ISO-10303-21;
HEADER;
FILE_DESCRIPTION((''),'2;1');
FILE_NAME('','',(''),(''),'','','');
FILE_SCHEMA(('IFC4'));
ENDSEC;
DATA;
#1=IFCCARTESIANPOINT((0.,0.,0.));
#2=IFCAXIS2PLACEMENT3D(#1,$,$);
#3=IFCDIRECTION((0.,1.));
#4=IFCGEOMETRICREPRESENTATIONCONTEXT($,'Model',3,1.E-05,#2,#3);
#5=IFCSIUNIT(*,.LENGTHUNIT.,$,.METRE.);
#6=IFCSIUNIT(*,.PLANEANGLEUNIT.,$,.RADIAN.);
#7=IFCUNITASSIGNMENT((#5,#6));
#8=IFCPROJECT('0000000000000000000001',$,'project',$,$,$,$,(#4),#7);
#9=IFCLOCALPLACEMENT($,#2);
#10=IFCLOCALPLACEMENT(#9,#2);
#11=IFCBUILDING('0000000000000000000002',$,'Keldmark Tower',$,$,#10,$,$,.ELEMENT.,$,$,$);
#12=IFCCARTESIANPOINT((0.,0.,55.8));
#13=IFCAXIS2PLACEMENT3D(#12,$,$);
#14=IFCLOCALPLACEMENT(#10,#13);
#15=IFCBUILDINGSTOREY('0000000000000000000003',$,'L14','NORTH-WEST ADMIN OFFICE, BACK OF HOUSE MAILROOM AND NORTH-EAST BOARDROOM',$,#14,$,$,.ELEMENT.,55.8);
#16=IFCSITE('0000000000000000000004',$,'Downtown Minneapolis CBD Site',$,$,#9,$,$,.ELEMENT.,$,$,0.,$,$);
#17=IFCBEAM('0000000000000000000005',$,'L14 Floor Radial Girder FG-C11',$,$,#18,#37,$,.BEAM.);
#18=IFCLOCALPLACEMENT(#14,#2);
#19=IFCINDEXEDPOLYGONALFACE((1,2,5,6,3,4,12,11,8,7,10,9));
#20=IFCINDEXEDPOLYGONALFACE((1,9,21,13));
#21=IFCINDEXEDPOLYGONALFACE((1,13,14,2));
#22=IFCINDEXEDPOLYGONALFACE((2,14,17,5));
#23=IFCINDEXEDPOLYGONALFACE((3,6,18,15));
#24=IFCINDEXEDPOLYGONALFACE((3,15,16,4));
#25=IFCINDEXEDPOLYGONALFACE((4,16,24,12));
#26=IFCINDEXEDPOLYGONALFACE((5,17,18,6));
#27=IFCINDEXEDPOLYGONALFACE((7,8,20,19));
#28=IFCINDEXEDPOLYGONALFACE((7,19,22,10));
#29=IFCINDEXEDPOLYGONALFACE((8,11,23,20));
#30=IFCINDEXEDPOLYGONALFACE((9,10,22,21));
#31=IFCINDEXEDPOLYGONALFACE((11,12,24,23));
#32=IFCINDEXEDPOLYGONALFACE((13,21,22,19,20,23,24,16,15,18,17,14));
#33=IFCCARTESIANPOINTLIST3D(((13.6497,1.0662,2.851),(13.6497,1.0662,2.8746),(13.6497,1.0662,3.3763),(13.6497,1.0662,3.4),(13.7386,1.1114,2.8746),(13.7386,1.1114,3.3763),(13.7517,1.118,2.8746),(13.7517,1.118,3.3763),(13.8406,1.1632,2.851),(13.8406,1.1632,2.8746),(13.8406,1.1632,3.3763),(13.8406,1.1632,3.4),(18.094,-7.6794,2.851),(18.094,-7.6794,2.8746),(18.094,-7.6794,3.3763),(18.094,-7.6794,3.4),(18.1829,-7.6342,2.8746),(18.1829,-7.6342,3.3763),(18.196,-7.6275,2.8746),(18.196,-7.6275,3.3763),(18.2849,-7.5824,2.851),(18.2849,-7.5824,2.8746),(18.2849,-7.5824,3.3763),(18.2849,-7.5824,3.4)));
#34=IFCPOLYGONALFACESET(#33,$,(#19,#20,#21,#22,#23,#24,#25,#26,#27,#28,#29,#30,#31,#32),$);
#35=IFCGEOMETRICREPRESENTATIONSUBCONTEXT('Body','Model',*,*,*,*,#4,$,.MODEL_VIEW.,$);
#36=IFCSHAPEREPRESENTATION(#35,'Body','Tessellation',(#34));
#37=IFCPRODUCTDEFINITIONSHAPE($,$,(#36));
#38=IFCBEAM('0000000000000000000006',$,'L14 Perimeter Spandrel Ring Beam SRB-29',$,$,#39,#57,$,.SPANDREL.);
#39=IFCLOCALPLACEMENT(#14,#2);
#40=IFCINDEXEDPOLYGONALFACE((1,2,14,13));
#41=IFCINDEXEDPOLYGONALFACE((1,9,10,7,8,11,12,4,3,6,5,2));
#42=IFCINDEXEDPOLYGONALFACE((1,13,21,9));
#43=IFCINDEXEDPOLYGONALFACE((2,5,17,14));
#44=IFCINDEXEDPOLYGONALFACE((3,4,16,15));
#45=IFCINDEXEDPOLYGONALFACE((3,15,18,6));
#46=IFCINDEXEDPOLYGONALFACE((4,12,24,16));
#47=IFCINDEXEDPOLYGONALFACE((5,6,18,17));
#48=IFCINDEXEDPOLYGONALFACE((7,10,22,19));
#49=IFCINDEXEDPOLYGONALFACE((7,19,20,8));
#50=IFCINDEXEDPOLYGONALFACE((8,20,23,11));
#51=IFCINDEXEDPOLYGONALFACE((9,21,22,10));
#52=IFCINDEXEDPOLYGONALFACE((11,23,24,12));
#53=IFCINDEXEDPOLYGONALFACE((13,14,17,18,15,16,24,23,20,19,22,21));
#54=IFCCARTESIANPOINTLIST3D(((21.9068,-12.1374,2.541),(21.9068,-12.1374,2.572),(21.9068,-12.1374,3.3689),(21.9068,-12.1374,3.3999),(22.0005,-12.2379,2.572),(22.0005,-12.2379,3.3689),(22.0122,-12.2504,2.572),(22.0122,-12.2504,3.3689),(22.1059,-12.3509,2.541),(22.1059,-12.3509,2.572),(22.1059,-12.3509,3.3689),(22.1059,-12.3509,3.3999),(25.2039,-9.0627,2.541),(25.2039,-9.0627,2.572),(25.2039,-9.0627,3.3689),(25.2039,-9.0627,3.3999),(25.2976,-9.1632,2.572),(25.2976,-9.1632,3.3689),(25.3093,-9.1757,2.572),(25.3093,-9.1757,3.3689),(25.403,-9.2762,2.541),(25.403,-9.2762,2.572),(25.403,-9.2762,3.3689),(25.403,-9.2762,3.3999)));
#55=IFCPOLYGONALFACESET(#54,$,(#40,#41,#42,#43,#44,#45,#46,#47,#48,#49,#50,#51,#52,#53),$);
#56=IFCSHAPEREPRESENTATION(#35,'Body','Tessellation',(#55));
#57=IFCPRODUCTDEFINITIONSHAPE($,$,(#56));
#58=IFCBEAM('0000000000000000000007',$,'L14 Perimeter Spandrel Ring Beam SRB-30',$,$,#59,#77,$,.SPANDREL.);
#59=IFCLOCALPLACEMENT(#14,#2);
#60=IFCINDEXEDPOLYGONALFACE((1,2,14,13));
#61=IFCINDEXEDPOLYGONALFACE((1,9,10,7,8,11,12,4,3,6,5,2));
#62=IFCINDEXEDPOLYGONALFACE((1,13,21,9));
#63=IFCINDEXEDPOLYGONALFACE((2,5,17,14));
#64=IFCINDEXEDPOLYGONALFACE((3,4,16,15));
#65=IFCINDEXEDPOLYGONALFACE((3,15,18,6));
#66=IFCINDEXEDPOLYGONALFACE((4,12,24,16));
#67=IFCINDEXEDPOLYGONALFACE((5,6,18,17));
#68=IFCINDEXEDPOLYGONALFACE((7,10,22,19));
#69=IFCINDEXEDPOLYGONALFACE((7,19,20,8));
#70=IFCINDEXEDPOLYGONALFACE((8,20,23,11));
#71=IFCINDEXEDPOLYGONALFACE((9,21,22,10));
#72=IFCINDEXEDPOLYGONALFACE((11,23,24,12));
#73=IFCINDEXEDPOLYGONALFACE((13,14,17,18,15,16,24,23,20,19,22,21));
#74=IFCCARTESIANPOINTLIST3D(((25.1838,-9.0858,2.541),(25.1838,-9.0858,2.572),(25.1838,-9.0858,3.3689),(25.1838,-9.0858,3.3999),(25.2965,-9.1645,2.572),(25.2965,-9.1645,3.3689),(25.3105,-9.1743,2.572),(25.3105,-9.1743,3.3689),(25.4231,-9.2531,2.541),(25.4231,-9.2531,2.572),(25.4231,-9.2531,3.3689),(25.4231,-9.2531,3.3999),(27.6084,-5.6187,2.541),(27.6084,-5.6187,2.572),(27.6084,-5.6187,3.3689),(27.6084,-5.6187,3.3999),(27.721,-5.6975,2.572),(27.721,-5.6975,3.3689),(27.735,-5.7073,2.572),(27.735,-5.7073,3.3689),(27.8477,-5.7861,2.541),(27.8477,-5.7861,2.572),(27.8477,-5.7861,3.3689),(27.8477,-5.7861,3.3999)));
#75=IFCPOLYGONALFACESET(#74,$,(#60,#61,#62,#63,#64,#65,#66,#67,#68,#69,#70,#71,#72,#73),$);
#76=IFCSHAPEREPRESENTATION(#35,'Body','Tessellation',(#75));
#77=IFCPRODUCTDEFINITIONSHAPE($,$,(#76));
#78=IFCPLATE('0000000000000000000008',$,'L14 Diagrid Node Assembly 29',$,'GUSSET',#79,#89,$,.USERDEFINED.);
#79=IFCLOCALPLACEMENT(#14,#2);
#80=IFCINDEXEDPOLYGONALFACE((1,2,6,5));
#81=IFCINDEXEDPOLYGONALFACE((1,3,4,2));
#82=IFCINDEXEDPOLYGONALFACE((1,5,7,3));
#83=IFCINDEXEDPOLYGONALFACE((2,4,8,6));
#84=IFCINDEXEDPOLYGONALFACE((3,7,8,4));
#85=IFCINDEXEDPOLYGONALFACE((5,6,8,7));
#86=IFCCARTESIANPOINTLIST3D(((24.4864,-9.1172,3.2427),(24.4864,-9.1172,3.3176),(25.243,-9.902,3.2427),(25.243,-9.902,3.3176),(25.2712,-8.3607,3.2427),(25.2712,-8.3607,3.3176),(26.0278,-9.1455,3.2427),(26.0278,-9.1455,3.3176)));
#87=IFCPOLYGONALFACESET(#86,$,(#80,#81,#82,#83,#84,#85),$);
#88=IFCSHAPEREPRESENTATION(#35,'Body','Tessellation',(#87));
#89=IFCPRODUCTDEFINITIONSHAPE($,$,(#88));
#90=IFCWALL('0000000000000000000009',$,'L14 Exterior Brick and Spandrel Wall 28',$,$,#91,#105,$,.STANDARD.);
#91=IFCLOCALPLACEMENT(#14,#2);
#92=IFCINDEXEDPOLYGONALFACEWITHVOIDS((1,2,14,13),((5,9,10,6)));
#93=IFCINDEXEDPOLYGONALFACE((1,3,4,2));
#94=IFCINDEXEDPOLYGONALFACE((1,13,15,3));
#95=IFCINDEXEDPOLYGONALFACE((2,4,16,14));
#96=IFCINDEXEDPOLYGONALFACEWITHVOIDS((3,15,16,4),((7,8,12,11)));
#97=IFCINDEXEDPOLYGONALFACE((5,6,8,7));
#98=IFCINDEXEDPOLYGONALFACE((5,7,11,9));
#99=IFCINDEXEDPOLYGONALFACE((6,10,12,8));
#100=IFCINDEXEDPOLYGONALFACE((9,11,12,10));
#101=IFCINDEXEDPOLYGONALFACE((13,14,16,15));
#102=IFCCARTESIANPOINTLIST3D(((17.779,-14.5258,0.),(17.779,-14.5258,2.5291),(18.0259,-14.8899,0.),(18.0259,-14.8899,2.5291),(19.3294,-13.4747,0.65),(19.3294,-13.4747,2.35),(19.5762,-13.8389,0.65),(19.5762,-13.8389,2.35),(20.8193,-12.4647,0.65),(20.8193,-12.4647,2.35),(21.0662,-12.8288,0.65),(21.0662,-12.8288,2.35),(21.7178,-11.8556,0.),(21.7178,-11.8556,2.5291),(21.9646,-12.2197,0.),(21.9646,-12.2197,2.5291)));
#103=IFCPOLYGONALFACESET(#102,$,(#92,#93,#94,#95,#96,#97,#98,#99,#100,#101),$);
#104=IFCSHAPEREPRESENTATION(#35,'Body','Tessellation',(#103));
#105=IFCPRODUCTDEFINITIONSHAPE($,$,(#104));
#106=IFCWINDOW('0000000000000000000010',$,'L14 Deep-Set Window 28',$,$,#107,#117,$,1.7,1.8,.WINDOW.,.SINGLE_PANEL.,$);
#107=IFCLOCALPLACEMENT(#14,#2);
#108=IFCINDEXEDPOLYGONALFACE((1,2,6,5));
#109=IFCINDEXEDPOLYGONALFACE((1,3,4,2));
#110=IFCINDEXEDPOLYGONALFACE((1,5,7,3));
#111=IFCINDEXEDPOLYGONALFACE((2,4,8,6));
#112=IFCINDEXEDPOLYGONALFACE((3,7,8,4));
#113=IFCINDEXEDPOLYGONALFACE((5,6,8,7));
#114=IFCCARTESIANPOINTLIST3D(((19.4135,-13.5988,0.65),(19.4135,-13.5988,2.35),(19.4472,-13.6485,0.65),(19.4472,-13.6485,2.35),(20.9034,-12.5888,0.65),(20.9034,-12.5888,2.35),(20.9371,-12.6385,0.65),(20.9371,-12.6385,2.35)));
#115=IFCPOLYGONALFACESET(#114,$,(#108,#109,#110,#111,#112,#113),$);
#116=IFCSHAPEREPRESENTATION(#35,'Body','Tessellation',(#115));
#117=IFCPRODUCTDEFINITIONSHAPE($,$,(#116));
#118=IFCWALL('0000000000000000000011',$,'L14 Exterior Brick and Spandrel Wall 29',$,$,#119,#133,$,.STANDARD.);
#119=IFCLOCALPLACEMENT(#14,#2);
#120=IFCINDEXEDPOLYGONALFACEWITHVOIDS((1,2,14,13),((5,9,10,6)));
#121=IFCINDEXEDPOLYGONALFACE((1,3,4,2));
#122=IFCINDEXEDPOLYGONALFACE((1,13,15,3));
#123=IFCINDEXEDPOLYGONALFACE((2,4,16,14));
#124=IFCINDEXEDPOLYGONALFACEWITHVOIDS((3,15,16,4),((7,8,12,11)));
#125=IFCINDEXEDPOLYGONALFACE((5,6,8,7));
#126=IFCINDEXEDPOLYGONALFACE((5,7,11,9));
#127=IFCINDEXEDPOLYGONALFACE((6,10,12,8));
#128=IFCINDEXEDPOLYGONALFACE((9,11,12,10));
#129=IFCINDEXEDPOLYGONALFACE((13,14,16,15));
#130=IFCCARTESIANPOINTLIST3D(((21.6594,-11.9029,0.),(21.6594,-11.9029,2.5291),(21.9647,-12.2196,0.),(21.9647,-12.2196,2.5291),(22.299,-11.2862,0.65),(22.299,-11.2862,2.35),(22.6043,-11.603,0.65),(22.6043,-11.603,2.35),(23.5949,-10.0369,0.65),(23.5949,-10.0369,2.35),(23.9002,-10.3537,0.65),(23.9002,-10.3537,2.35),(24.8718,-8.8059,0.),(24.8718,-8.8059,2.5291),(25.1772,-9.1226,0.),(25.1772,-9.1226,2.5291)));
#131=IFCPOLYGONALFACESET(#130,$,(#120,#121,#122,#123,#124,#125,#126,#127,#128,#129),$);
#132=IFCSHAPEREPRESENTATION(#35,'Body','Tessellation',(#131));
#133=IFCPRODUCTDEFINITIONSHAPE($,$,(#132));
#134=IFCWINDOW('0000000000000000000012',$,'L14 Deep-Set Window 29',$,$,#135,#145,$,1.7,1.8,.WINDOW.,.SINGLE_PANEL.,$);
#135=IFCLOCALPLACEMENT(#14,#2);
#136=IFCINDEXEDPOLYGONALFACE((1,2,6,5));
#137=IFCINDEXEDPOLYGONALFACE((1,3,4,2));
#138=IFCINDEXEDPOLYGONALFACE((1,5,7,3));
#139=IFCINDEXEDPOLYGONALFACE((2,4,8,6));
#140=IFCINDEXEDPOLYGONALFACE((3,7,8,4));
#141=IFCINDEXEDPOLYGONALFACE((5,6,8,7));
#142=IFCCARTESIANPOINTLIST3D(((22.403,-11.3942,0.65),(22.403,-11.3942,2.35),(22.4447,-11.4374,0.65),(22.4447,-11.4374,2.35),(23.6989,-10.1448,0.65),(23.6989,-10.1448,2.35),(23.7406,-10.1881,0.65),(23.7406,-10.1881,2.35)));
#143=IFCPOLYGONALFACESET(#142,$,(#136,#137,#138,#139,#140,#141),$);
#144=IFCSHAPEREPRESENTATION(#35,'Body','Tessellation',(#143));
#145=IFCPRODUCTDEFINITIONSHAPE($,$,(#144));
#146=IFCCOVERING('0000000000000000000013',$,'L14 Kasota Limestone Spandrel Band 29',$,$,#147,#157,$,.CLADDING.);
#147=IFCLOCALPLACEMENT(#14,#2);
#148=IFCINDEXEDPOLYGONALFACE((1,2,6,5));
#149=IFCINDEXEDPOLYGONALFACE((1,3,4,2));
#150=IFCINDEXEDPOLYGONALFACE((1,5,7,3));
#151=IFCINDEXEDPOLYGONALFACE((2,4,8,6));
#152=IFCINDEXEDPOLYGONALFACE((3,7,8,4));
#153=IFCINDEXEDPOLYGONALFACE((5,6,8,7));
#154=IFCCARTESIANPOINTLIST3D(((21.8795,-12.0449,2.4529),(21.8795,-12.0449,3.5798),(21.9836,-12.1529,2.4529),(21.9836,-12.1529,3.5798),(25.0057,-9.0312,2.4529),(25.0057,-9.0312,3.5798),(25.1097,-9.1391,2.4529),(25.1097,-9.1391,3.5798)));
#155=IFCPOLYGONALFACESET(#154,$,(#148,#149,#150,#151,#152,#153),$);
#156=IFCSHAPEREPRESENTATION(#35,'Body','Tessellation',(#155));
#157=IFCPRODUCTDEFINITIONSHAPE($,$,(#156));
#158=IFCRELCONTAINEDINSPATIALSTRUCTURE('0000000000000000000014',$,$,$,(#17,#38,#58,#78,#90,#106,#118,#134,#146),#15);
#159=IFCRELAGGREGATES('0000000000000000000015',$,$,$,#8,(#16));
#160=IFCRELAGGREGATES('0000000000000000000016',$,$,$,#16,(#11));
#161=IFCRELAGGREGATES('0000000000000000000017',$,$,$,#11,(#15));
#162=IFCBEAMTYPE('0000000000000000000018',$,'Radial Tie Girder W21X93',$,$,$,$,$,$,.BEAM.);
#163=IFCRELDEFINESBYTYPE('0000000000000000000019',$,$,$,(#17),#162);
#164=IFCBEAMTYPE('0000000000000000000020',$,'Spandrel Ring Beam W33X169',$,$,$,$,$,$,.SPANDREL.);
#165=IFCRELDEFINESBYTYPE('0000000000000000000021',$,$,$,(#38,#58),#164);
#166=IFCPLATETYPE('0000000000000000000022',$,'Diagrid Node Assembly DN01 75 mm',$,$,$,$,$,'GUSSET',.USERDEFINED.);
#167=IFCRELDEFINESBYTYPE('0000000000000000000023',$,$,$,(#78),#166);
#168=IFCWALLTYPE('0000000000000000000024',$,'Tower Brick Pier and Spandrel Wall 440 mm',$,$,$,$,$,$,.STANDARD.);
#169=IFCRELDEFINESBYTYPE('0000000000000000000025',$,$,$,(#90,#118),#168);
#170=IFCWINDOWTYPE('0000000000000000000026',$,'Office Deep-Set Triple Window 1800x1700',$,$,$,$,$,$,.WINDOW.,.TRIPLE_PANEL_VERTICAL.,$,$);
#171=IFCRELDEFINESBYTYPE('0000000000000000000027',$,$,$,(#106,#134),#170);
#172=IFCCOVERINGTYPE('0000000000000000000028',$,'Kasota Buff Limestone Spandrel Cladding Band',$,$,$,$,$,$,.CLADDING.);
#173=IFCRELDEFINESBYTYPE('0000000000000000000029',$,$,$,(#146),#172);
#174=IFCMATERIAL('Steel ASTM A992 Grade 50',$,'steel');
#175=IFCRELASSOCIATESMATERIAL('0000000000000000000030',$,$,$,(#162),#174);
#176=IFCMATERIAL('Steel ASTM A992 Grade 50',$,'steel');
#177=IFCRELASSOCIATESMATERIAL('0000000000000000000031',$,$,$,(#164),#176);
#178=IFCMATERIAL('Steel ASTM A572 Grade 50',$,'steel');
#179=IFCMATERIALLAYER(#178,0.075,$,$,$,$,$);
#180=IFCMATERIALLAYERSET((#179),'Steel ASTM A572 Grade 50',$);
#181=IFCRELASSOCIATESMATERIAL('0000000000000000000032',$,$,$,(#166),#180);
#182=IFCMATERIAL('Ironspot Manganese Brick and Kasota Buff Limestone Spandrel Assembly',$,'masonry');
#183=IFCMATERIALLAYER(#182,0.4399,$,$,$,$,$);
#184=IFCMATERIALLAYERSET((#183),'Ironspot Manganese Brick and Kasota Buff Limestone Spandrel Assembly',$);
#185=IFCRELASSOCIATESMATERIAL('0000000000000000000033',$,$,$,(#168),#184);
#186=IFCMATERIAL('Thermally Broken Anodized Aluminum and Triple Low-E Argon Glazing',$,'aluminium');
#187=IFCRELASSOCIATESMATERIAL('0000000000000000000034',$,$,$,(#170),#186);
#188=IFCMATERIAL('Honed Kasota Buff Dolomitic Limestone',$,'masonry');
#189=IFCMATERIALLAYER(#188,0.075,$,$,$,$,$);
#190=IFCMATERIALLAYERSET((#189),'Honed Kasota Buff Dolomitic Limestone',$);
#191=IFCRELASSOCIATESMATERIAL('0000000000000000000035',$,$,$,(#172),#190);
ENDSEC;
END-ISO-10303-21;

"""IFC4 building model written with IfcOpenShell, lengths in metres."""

from ifc_helpers import new_model, si_unit, direction, frame, frame_2d, origin, origin_2d, place, context, subcontext, project, spatial, rectangle, i_section, extrude, material, layer, layer_set, material_profile, profile_set, type_object, element, fill, save


model = new_model("IFC4")

# Units and contexts
model_context = context("Model", 3, precision=1e-05, world=origin(), true_north=direction((0.0, 1.0)))
body_context = subcontext(model_context, "Body", "Model", "MODEL_VIEW")
ifc_project = project(units=[si_unit("LENGTHUNIT", "METRE"), si_unit("PLANEANGLEUNIT", "RADIAN")], contexts=[model_context])

# Site, building, storey
site_placement = place(None, origin())
site = spatial("IfcSite", under=ifc_project, at=site_placement, Name="Downtown Minneapolis CBD Site", CompositionType="ELEMENT", RefElevation=0.0)
building_placement = place(site_placement, origin())
building = spatial("IfcBuilding", under=site, at=building_placement, Name="Keldmark Tower", CompositionType="ELEMENT")
storey_placement = place(building_placement, frame((0.0, 0.0, 55.8)))
storey = spatial("IfcBuildingStorey", under=building, at=storey_placement, Name="L14", Description="NORTH-WEST ADMIN OFFICE, BACK OF HOUSE MAILROOM AND NORTH-EAST BOARDROOM", CompositionType="ELEMENT", Elevation=55.8)

# Beams
ifc_material_1 = material(Name="Steel ASTM A992 Grade 50", Category="steel")
ifc_material_profile_1 = material_profile(ifc_material_1, i_section(OverallWidth=0.2141, OverallDepth=0.5491, WebThickness=0.0146, FlangeThickness=0.0237, at=origin_2d()), Name="W21X93")
ifc_profile_set_1 = profile_set([ifc_material_profile_1], Name="Steel ASTM A992 Grade 50")
beam_type_1 = type_object("IfcBeamType", Name="Radial Tie Girder W21X93", PredefinedType="BEAM", material=ifc_profile_set_1)
beam_1_placement = place(storey_placement, frame((18.1895, -7.6309, 3.1255), z_axis=(-0.453038, 0.891491, 0.0), x_axis=(-0.891491, -0.453038, 0.0)))
element("IfcBeam", 1, at=beam_1_placement, inside=storey, type_object=beam_type_1, Name="L14 Floor Radial Girder FG-C11", PredefinedType="BEAM", context=body_context, shape_type="SweptSolid", body=[
    extrude(i_section(OverallWidth=0.2141, OverallDepth=0.5491, WebThickness=0.0146, FlangeThickness=0.0237, at=origin_2d()), origin(), (0.0, 0.0, 1.0), 9.8101),
])
ifc_material_2 = material(Name="Steel ASTM A992 Grade 50", Category="steel")
ifc_material_profile_2 = material_profile(ifc_material_2, i_section(OverallWidth=0.292, OverallDepth=0.8589, WebThickness=0.0171, FlangeThickness=0.031, at=origin_2d()), Name="W33X169")
ifc_profile_set_2 = profile_set([ifc_material_profile_2], Name="Steel ASTM A992 Grade 50")
beam_type_2 = type_object("IfcBeamType", Name="Spandrel Ring Beam W33X169", PredefinedType="SPANDREL", material=ifc_profile_set_2)
beam_2_placement = place(storey_placement, frame((22.0063, -12.2441, 2.9705), z_axis=(0.731343, 0.682009, 0.0), x_axis=(-0.682009, 0.731343, 0.0)))
element("IfcBeam", 2, at=beam_2_placement, inside=storey, type_object=beam_type_2, Name="L14 Perimeter Spandrel Ring Beam SRB-29", PredefinedType="SPANDREL", context=body_context, shape_type="SweptSolid", body=[
    extrude(i_section(OverallWidth=0.292, OverallDepth=0.8589, WebThickness=0.0171, FlangeThickness=0.031, at=origin_2d()), origin(), (0.0, 0.0, 1.0), 4.5083),
])
beam_3_placement = place(storey_placement, frame((25.3035, -9.1694, 2.9705), z_axis=(0.573087, 0.819495, 0.0), x_axis=(-0.819495, 0.573087, 0.0)))
element("IfcBeam", 3, at=beam_3_placement, inside=storey, type_object=beam_type_2, Name="L14 Perimeter Spandrel Ring Beam SRB-30", PredefinedType="SPANDREL", context=body_context, shape_type="SweptSolid", body=[
    extrude(i_section(OverallWidth=0.292, OverallDepth=0.8589, WebThickness=0.0171, FlangeThickness=0.031, at=origin_2d()), origin(), (0.0, 0.0, 1.0), 4.2307),
])

# Plate
ifc_material_3 = material(Name="Steel ASTM A572 Grade 50", Category="steel")
ifc_layer_1 = layer(ifc_material_3, 0.075)
ifc_layer_set_1 = layer_set([ifc_layer_1], Name="Steel ASTM A572 Grade 50")
plate_type = type_object("IfcPlateType", Name="Diagrid Node Assembly DN01 75 mm", ElementType="GUSSET", PredefinedType="USERDEFINED", material=ifc_layer_set_1)
plate_placement = place(storey_placement, frame((25.2571, -9.1313, 3.2427), z_axis=(0.0, 0.0, 1.0), x_axis=(0.719946, 0.69403, 0.0)))
element("IfcPlate", 4, at=plate_placement, inside=storey, type_object=plate_type, Name="L14 Diagrid Node Assembly 29", ObjectType="GUSSET", PredefinedType="USERDEFINED", context=body_context, shape_type="SweptSolid", body=[
    extrude(rectangle(XDim=1.0901, YDim=1.0901, at=origin_2d()), origin(), (0.0, 0.0, 1.0), 0.075),
])

# Walls, openings, windows
ifc_material_4 = material(Name="Ironspot Manganese Brick and Kasota Buff Limestone Spandrel Assembly", Category="masonry")
ifc_layer_2 = layer(ifc_material_4, 0.4399)
ifc_layer_set_2 = layer_set([ifc_layer_2], Name="Ironspot Manganese Brick and Kasota Buff Limestone Spandrel Assembly")
wall_type = type_object("IfcWallType", Name="Tower Brick Pier and Spandrel Wall 440 mm", PredefinedType="STANDARD", material=ifc_layer_set_2)
wall_1_placement = place(storey_placement, frame((21.8413, -12.0376, 0.0), z_axis=(0.0, 0.0, 1.0), x_axis=(-0.827723, -0.561136, 0.0)))
wall_1 = element("IfcWall", 5, at=wall_1_placement, inside=storey, type_object=wall_type, Name="L14 Exterior Brick and Spandrel Wall 28", PredefinedType="STANDARD", context=body_context, shape_type="SweptSolid", body=[
    extrude(rectangle(XDim=4.7585, YDim=0.4399, at=frame_2d((2.3794, 0.0))), origin(), (0.0, 0.0, 1.0), 2.5291),
])
opening_1_placement = place(wall_1_placement, frame((1.0857, 0.0, 0.6499)))
opening_1 = element("IfcOpeningElement", 6, at=opening_1_placement, cuts=wall_1, PredefinedType="OPENING", context=body_context, shape_type="SweptSolid", body=[
    extrude(rectangle(XDim=1.8, YDim=1.7, at=frame_2d((0.8999, 0.8501))), frame((0.0, 0.23, 0.0), z_axis=(0.0, -1.0, 0.0), x_axis=(1.0, 0.0, 0.0)), (0.0, 0.0, 1.0), 0.46),
])
ifc_material_5 = material(Name="Thermally Broken Anodized Aluminum and Triple Low-E Argon Glazing", Category="aluminium")
window_type = type_object("IfcWindowType", Name="Office Deep-Set Triple Window 1800x1700", PartitioningType="TRIPLE_PANEL_VERTICAL", PredefinedType="WINDOW", material=ifc_material_5)
window_1_placement = place(opening_1_placement, origin())
window_1 = element("IfcWindow", 7, at=window_1_placement, inside=storey, type_object=window_type, Name="L14 Deep-Set Window 28", OverallHeight=1.7, OverallWidth=1.8, PartitioningType="SINGLE_PANEL", PredefinedType="WINDOW", context=body_context, shape_type="SweptSolid", body=[
    extrude(rectangle(XDim=1.8, YDim=1.7, at=frame_2d((0.8999, 0.8501))), frame((0.0, -0.01, 0.0), z_axis=(0.0, -1.0, 0.0), x_axis=(1.0, 0.0, 0.0)), (0.0, 0.0, 1.0), 0.0601),
])
fill(opening_1, window_1)
wall_2_placement = place(storey_placement, frame((25.0244, -8.9644, 0.0), z_axis=(0.0, 0.0, 1.0), x_axis=(-0.719928, -0.694048, 0.0)))
wall_2 = element("IfcWall", 8, at=wall_2_placement, inside=storey, type_object=wall_type, Name="L14 Exterior Brick and Spandrel Wall 29", PredefinedType="STANDARD", context=body_context, shape_type="SweptSolid", body=[
    extrude(rectangle(XDim=4.4622, YDim=0.4399, at=frame_2d((2.231, 0.0))), origin(), (0.0, 0.0, 1.0), 2.5291),
])
opening_2_placement = place(wall_2_placement, frame((1.7737, 0.0, 0.6499)))
opening_2 = element("IfcOpeningElement", 9, at=opening_2_placement, cuts=wall_2, PredefinedType="OPENING", context=body_context, shape_type="SweptSolid", body=[
    extrude(rectangle(XDim=1.8, YDim=1.7, at=frame_2d((0.8999, 0.8501))), frame((0.0, 0.23, 0.0), z_axis=(0.0, -1.0, 0.0), x_axis=(1.0, 0.0, 0.0)), (0.0, 0.0, 1.0), 0.46),
])
window_2_placement = place(opening_2_placement, origin())
window_2 = element("IfcWindow", 10, at=window_2_placement, inside=storey, type_object=window_type, Name="L14 Deep-Set Window 29", OverallHeight=1.7, OverallWidth=1.8, PartitioningType="SINGLE_PANEL", PredefinedType="WINDOW", context=body_context, shape_type="SweptSolid", body=[
    extrude(rectangle(XDim=1.8, YDim=1.7, at=frame_2d((0.8999, 0.8501))), frame((0.0, -0.01, 0.0), z_axis=(0.0, -1.0, 0.0), x_axis=(1.0, 0.0, 0.0)), (0.0, 0.0, 1.0), 0.0601),
])
fill(opening_2, window_2)

# Covering
ifc_material_6 = material(Name="Honed Kasota Buff Dolomitic Limestone", Category="masonry")
ifc_layer_3 = layer(ifc_material_6, 0.075)
ifc_layer_set_3 = layer_set([ifc_layer_3], Name="Honed Kasota Buff Dolomitic Limestone")
covering_type = type_object("IfcCoveringType", Name="Kasota Buff Limestone Spandrel Cladding Band", PredefinedType="CLADDING", material=ifc_layer_set_3)
covering_placement = place(storey_placement, frame((23.4946, -10.592, 2.4529), z_axis=(0.0, 0.0, 1.0), x_axis=(0.719934, 0.694043, 0.0)))
element("IfcCovering", 11, at=covering_placement, inside=storey, type_object=covering_type, Name="L14 Kasota Limestone Spandrel Band 29", PredefinedType="CLADDING", context=body_context, shape_type="SweptSolid", body=[
    extrude(rectangle(XDim=4.3423, YDim=0.1499, at=origin_2d()), origin(), (0.0, 0.0, 1.0), 1.127),
])

save(model, "model.ifc")
